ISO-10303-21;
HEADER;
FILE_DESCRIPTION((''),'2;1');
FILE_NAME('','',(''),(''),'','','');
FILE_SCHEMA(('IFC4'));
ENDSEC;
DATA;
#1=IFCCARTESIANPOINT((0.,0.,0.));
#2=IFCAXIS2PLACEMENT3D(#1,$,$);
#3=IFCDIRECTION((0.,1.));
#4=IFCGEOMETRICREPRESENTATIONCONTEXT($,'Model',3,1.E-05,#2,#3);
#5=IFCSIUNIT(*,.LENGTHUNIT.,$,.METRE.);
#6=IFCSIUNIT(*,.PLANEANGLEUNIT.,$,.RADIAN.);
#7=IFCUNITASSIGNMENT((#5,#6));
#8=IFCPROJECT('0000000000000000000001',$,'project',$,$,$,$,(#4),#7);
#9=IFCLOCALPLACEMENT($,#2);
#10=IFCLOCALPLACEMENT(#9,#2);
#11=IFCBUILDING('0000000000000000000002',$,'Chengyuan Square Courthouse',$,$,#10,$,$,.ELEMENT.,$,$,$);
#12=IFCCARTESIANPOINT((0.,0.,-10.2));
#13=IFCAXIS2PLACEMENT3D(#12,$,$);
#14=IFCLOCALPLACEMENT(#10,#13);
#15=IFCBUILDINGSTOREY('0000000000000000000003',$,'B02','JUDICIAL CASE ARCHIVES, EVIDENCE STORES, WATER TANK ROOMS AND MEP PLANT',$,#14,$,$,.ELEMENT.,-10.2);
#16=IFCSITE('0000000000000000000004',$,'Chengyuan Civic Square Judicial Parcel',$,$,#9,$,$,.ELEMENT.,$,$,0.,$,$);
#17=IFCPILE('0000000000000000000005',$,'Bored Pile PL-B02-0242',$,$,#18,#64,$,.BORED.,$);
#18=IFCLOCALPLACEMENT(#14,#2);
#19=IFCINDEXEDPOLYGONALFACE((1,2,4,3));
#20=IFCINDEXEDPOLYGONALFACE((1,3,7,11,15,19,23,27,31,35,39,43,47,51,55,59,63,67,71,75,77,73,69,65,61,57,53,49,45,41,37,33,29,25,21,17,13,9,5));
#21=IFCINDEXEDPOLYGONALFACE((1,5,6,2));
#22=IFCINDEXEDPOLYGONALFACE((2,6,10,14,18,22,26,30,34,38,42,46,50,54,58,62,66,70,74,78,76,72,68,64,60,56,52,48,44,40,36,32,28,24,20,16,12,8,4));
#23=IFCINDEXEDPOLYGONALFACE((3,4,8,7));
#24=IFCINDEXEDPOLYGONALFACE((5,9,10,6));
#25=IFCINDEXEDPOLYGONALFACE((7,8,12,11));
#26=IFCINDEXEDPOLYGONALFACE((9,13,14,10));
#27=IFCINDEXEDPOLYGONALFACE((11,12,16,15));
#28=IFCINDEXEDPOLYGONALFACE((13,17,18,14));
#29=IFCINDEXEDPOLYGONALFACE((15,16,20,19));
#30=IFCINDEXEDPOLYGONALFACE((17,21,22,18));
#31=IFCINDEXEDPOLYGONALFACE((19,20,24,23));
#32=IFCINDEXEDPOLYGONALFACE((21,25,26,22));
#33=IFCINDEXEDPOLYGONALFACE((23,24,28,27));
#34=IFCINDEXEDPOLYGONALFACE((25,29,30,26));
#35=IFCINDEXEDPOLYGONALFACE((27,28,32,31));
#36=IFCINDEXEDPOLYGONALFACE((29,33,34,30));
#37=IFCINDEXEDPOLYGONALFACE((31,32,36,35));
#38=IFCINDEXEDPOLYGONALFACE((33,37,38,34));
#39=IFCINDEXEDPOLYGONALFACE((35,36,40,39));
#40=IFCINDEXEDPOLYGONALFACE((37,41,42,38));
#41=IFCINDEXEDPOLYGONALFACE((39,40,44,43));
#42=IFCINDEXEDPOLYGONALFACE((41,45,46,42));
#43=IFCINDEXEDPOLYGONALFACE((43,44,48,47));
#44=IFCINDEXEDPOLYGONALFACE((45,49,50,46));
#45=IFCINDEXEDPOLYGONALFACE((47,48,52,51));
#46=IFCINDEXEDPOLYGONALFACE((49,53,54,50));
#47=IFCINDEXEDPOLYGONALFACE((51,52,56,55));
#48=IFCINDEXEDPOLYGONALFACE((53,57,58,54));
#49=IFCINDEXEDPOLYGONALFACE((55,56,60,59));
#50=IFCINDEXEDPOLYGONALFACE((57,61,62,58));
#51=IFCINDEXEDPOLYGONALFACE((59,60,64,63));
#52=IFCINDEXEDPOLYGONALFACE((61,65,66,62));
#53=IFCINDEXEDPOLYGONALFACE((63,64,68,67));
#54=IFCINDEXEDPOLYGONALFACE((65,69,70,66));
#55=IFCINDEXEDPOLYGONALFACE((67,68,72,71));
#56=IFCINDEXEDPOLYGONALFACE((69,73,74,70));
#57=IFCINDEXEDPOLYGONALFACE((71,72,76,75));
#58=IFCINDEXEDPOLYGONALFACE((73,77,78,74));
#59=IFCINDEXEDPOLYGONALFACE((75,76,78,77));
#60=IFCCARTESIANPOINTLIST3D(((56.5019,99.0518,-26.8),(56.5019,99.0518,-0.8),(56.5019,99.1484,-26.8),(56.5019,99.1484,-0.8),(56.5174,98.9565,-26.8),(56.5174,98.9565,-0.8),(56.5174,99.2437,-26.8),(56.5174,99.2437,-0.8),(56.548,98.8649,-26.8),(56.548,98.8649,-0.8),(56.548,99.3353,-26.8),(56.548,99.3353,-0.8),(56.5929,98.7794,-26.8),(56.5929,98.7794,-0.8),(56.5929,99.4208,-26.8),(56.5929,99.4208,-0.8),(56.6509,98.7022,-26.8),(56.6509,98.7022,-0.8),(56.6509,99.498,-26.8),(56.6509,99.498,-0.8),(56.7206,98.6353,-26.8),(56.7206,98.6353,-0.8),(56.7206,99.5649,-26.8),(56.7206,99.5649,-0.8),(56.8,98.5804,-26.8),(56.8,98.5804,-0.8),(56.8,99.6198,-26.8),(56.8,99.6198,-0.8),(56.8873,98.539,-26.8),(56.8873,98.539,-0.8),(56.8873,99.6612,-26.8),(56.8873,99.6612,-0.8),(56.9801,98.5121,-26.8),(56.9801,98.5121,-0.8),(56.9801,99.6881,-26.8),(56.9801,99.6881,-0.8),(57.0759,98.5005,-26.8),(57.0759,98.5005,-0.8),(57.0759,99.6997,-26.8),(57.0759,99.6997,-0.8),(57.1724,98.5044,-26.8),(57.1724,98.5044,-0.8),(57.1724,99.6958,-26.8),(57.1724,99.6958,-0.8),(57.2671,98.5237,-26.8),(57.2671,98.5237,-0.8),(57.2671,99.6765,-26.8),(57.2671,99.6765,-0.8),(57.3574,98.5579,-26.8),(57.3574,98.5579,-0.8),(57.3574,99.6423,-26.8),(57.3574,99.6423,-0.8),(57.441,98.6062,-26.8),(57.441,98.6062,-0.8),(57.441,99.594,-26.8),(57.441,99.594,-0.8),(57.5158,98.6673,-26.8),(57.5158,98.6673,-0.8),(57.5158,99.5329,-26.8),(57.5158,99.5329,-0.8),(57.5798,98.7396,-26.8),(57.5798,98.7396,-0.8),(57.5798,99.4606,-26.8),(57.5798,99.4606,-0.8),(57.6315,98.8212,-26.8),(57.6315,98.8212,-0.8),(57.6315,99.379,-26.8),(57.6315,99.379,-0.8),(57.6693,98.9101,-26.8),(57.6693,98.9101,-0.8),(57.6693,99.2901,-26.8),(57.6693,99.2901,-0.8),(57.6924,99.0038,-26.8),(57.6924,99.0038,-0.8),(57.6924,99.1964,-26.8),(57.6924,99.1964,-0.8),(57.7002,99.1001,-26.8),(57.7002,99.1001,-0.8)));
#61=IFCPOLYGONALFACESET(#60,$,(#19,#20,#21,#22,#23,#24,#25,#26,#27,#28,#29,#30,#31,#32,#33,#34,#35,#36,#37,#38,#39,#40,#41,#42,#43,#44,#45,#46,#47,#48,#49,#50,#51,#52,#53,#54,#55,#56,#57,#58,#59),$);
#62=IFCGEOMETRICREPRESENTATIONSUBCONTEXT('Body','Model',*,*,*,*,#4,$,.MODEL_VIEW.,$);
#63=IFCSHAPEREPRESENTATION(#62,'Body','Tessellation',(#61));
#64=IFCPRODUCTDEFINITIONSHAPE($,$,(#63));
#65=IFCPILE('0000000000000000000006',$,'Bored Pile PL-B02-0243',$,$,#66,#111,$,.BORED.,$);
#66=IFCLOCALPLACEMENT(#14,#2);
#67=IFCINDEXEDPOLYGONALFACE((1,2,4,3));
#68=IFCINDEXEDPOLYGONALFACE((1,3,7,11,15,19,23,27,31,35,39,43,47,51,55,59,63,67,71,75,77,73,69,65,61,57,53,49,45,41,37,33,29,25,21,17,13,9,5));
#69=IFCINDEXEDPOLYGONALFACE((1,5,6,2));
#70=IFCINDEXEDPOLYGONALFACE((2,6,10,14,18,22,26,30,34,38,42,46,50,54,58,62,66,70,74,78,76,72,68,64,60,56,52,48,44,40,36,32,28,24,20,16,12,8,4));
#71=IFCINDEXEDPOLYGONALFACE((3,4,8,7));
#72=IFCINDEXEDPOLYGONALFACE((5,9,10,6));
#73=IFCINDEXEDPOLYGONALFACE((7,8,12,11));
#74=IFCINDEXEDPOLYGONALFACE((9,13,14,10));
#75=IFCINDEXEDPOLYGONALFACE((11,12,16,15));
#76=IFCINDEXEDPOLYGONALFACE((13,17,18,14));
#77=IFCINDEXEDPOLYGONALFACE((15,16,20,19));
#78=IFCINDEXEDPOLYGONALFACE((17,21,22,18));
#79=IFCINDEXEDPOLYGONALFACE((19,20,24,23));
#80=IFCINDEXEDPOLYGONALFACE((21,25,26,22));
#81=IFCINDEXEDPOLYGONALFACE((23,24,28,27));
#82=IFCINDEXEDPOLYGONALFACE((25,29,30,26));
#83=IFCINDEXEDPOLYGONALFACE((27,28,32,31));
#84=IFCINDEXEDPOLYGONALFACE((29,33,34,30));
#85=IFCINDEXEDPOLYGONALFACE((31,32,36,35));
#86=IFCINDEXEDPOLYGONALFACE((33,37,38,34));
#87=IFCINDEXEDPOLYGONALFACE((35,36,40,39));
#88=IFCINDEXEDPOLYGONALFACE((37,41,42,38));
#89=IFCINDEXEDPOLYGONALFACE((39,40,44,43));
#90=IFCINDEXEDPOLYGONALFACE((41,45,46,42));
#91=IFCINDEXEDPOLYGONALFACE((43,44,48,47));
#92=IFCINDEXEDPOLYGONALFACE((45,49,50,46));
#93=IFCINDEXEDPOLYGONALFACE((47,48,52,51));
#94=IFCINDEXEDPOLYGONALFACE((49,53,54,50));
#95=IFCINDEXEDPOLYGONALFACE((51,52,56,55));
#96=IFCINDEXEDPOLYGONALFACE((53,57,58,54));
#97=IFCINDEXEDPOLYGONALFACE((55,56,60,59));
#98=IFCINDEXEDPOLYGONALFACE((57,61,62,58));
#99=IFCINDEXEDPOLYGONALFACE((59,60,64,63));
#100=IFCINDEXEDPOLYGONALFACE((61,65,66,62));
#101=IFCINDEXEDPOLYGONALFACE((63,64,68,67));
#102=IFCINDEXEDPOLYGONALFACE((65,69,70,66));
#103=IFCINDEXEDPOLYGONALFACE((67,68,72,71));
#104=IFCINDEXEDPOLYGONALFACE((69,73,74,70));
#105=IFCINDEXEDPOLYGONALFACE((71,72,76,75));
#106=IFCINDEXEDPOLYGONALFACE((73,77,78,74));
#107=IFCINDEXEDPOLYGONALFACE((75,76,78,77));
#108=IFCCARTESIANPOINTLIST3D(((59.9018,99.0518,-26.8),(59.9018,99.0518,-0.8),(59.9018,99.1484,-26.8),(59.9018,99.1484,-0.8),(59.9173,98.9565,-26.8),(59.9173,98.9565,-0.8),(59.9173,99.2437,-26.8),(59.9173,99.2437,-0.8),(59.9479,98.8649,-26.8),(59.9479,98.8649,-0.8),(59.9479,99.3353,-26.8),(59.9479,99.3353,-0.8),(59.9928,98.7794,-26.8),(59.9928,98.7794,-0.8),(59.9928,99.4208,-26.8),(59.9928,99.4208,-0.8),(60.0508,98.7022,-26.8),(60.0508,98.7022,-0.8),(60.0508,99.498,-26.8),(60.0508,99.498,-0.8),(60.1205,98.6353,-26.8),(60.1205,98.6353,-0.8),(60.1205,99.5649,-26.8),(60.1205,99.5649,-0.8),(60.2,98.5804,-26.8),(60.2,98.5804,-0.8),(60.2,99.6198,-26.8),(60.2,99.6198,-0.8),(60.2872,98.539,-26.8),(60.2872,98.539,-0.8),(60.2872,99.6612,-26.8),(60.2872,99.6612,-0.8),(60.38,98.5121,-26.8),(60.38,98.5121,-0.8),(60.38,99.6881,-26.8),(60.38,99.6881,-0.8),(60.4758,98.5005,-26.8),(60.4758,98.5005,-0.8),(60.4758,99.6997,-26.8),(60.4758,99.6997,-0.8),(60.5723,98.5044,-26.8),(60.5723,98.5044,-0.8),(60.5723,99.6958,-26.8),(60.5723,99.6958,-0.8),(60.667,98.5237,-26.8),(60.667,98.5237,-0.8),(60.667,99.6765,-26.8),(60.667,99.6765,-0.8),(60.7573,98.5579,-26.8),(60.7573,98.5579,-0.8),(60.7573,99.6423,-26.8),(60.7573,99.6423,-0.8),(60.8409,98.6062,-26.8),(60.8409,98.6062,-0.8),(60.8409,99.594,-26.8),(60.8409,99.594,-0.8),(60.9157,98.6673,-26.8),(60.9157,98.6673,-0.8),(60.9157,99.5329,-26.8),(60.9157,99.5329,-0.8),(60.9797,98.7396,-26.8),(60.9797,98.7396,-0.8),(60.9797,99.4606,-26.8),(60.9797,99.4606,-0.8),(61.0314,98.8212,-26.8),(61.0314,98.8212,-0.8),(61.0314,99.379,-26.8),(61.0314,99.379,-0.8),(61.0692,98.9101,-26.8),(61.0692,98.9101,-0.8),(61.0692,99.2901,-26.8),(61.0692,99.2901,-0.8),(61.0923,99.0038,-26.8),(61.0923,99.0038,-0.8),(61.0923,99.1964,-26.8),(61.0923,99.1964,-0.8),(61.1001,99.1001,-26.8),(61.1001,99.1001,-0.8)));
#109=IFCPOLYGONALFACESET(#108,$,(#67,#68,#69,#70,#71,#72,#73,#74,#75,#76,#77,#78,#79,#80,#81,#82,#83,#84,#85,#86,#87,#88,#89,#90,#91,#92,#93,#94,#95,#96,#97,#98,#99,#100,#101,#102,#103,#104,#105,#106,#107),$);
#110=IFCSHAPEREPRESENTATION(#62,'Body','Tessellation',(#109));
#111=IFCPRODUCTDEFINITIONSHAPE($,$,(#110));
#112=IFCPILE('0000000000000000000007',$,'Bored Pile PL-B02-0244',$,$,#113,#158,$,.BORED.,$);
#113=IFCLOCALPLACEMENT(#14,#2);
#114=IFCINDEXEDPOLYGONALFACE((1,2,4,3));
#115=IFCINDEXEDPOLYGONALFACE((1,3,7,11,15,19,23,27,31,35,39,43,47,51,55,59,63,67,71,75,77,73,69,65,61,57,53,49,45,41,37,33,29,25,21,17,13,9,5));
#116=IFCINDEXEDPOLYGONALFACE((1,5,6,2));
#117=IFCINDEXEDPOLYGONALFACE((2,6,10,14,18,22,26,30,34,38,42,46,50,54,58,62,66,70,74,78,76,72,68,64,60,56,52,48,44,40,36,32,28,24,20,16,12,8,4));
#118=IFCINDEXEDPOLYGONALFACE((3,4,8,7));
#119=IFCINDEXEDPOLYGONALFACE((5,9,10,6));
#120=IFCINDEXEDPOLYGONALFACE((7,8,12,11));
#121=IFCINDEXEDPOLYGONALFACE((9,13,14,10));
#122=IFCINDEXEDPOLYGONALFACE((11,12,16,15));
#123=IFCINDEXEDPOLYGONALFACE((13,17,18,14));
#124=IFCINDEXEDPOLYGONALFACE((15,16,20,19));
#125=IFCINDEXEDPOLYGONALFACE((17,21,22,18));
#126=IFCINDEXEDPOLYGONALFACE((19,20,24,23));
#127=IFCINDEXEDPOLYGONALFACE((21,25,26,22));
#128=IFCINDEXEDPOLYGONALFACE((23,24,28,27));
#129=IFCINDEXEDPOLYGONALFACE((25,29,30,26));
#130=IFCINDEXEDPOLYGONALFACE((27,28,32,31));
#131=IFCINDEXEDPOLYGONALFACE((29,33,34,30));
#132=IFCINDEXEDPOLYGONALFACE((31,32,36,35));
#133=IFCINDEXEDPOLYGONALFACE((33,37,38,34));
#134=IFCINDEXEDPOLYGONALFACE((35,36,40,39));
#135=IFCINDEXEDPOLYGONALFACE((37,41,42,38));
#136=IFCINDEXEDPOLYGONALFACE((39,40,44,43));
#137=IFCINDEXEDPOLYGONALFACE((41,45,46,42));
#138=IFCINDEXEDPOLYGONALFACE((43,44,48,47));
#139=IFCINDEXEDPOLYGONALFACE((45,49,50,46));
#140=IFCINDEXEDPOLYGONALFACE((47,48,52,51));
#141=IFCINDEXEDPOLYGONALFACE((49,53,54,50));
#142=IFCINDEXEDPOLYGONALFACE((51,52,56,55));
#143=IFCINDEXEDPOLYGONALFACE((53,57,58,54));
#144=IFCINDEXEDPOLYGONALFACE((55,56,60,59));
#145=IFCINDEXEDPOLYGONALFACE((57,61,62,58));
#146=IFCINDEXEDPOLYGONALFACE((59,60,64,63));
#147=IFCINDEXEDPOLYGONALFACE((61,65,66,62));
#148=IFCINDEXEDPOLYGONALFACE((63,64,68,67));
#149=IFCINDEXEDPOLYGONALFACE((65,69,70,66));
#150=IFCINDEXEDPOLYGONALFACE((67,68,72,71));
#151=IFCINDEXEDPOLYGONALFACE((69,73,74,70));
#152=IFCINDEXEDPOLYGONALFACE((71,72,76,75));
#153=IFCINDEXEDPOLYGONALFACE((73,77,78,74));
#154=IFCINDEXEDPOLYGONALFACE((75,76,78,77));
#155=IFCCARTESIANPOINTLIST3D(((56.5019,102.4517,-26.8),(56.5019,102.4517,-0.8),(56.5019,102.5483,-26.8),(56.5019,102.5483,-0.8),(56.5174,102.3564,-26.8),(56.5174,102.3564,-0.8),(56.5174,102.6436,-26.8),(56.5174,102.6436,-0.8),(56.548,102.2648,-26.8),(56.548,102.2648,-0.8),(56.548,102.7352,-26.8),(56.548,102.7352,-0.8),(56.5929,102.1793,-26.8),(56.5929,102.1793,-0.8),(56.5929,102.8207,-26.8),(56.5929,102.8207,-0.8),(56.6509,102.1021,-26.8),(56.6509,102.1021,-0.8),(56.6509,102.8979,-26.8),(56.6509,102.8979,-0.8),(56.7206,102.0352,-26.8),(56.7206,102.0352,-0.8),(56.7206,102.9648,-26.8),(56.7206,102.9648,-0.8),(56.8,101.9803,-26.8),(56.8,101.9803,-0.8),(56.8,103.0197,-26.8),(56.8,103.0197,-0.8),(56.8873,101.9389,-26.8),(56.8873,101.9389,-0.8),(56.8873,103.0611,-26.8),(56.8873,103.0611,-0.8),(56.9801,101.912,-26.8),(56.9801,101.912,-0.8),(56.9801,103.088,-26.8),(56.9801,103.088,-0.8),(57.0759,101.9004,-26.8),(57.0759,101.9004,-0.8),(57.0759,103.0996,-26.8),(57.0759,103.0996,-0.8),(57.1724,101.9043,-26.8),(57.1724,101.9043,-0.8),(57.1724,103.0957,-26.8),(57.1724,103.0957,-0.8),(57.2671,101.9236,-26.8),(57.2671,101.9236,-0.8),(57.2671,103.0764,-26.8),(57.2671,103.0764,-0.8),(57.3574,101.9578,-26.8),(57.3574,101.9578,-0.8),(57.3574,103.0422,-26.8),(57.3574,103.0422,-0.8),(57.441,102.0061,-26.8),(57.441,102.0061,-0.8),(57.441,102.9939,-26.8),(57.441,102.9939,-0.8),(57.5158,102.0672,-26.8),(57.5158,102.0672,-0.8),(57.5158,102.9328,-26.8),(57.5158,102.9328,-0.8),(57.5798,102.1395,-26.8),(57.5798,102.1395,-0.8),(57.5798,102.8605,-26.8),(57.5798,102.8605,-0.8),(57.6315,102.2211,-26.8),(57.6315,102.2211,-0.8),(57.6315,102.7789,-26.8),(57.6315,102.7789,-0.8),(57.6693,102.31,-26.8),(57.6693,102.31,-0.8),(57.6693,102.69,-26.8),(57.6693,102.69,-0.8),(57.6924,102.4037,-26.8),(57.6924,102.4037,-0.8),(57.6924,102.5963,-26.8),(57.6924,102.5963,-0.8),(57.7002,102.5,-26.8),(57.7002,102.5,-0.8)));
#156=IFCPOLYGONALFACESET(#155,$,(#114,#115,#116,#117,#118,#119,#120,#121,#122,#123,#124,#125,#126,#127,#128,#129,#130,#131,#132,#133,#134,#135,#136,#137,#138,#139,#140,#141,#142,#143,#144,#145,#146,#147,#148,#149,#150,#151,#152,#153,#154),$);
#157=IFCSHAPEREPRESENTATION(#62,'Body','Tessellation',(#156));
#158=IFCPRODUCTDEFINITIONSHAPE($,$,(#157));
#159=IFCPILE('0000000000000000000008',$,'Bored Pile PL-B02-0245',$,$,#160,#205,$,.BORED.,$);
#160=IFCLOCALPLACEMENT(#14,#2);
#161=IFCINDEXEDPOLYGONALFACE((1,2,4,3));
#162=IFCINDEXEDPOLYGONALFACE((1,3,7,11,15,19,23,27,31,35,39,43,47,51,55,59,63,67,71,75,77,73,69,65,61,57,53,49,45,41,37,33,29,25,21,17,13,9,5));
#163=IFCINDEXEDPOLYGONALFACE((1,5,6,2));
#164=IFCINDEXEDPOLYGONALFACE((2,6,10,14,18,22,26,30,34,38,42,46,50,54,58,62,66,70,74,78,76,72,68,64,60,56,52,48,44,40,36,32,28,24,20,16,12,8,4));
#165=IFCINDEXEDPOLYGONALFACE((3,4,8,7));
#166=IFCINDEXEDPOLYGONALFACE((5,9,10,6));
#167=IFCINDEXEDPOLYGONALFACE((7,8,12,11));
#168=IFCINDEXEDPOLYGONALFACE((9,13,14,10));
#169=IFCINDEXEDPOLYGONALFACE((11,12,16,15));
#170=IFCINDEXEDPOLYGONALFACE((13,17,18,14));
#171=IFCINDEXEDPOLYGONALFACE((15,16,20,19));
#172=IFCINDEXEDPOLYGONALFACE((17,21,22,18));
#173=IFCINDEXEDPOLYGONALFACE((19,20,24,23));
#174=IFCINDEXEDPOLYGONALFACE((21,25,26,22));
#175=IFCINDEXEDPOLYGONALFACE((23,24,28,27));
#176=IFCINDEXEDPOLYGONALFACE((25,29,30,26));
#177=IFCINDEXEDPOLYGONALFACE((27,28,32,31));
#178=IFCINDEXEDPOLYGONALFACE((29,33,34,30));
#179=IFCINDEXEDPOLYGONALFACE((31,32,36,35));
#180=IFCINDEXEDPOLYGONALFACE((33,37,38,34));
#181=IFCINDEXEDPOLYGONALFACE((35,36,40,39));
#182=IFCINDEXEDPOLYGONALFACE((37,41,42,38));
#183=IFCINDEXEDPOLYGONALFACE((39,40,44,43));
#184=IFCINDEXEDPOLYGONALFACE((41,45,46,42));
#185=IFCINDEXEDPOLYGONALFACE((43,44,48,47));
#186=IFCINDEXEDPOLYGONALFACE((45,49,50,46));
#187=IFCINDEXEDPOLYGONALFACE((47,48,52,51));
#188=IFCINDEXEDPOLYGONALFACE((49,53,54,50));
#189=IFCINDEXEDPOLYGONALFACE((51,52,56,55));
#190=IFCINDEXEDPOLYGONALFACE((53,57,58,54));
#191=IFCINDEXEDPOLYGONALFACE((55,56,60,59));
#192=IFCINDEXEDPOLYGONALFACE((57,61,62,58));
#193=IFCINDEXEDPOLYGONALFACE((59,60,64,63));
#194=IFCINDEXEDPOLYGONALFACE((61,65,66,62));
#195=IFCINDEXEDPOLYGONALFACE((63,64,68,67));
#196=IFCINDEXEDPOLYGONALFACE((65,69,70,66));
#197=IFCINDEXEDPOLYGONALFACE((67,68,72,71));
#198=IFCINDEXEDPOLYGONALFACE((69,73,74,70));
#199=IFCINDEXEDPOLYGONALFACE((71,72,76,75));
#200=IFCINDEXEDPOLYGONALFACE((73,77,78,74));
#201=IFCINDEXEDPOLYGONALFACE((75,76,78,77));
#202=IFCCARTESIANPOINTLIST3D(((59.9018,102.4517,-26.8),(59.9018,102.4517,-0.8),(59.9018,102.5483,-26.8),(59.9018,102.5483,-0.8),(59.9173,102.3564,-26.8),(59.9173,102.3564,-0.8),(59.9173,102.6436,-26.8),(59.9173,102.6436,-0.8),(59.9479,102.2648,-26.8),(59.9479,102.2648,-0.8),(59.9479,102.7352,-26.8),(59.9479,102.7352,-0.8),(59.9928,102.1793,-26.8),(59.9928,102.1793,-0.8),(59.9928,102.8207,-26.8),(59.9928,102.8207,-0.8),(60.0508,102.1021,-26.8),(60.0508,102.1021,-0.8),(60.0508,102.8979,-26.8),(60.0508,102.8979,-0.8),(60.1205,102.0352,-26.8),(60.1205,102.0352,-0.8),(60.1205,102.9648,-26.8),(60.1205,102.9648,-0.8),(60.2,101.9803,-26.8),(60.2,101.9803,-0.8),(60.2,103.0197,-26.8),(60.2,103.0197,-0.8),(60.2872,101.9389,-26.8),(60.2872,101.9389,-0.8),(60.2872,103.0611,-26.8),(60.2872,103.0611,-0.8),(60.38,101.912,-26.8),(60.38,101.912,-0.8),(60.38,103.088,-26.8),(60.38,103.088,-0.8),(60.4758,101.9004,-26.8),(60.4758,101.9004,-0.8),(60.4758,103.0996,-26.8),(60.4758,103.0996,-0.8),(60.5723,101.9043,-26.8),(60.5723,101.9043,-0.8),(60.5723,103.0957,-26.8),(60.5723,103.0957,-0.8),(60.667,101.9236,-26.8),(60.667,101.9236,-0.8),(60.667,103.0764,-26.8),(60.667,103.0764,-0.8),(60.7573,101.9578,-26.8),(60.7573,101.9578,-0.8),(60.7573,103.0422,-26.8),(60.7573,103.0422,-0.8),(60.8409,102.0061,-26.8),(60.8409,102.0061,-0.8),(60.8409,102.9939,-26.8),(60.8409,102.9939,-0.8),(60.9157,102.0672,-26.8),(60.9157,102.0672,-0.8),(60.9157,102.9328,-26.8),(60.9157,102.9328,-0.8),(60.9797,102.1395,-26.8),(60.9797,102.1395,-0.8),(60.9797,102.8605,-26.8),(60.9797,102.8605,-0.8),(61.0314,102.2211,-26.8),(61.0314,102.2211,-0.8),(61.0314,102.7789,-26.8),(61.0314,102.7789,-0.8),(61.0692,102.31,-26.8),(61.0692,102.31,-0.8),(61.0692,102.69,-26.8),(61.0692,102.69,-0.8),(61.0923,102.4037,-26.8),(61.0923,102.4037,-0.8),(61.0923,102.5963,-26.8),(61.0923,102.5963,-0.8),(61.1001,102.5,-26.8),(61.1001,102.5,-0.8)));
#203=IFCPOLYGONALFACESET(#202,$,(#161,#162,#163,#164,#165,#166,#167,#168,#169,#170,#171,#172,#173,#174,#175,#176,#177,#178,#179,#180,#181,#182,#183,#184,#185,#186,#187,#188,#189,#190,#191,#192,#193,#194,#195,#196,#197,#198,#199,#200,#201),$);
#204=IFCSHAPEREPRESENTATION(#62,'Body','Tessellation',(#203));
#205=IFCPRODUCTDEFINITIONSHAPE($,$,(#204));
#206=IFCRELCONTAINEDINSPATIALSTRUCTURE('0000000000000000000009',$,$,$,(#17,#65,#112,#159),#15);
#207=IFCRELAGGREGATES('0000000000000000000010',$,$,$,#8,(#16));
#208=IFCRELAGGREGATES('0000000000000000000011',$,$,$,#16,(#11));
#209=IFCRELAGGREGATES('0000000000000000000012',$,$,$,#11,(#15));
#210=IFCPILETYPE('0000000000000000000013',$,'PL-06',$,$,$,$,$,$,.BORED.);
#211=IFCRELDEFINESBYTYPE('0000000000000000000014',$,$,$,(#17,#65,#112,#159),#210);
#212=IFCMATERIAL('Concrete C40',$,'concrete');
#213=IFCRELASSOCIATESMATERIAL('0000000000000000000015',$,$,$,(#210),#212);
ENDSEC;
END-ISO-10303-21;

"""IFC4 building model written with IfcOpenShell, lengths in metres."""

from ifc_helpers import new_model, si_unit, direction, frame, origin, origin_2d, place, context, subcontext, project, spatial, circle, extrude, material, material_profile, profile_set, type_object, element, save


model = new_model("IFC4")

# Units and contexts
model_context = context("Model", 3, precision=1e-05, world=origin(), true_north=direction((0.0, 1.0)))
body_context = subcontext(model_context, "Body", "Model", "MODEL_VIEW")
ifc_project = project(units=[si_unit("LENGTHUNIT", "METRE"), si_unit("PLANEANGLEUNIT", "RADIAN")], contexts=[model_context])

# Site, building, storey
site_placement = place(None, origin())
site = spatial("IfcSite", under=ifc_project, at=site_placement, Name="Chengyuan Civic Square Judicial Parcel", CompositionType="ELEMENT", RefElevation=0.0)
building_placement = place(site_placement, origin())
building = spatial("IfcBuilding", under=site, at=building_placement, Name="Chengyuan Square Courthouse", CompositionType="ELEMENT")
storey_placement = place(building_placement, frame((0.0, 0.0, -10.2)))
storey = spatial("IfcBuildingStorey", under=building, at=storey_placement, Name="B02", Description="JUDICIAL CASE ARCHIVES, EVIDENCE STORES, WATER TANK ROOMS AND MEP PLANT", CompositionType="ELEMENT", Elevation=-10.2)

# Shared definitions
ifc_material_1 = material(Name="Concrete C40", Category="concrete")

# Piles
ifc_material_profile_1 = material_profile(ifc_material_1, circle(Radius=0.6001, at=origin_2d()), Name="BORED PILE D1200")
ifc_profile_set_1 = profile_set([ifc_material_profile_1], Name="Concrete C40")
pile_type_1 = type_object("IfcPileType", Name="PL-06", PredefinedType="BORED", material=ifc_profile_set_1)
for number, where, z_axis, x_axis, name in (
    (1, (57.1001, 99.1001, -0.8), (0.0, 0.0, -1.0), (1.0, 0.0, 0.0), "Bored Pile PL-B02-0242"),
    (2, (60.5, 99.1001, -0.8), (0.0, 0.0, -1.0), (1.0, 0.0, 0.0), "Bored Pile PL-B02-0243"),
    (3, (57.1001, 102.5, -0.8), (0.0, 0.0, -1.0), (1.0, 0.0, 0.0), "Bored Pile PL-B02-0244"),
    (4, (60.5, 102.5, -0.8), (0.0, 0.0, -1.0), (1.0, 0.0, 0.0), "Bored Pile PL-B02-0245"),
):
    element("IfcPile", number, at=place(storey_placement, frame(where, z_axis=z_axis, x_axis=x_axis)), inside=storey, type_object=pile_type_1, Name=name, PredefinedType="BORED", context=body_context, shape_type="SweptSolid", body=[
        extrude(circle(Radius=0.6001, at=origin_2d()), origin(), (0.0, 0.0, 1.0), 26.0),
    ])

save(model, "model.ifc")
